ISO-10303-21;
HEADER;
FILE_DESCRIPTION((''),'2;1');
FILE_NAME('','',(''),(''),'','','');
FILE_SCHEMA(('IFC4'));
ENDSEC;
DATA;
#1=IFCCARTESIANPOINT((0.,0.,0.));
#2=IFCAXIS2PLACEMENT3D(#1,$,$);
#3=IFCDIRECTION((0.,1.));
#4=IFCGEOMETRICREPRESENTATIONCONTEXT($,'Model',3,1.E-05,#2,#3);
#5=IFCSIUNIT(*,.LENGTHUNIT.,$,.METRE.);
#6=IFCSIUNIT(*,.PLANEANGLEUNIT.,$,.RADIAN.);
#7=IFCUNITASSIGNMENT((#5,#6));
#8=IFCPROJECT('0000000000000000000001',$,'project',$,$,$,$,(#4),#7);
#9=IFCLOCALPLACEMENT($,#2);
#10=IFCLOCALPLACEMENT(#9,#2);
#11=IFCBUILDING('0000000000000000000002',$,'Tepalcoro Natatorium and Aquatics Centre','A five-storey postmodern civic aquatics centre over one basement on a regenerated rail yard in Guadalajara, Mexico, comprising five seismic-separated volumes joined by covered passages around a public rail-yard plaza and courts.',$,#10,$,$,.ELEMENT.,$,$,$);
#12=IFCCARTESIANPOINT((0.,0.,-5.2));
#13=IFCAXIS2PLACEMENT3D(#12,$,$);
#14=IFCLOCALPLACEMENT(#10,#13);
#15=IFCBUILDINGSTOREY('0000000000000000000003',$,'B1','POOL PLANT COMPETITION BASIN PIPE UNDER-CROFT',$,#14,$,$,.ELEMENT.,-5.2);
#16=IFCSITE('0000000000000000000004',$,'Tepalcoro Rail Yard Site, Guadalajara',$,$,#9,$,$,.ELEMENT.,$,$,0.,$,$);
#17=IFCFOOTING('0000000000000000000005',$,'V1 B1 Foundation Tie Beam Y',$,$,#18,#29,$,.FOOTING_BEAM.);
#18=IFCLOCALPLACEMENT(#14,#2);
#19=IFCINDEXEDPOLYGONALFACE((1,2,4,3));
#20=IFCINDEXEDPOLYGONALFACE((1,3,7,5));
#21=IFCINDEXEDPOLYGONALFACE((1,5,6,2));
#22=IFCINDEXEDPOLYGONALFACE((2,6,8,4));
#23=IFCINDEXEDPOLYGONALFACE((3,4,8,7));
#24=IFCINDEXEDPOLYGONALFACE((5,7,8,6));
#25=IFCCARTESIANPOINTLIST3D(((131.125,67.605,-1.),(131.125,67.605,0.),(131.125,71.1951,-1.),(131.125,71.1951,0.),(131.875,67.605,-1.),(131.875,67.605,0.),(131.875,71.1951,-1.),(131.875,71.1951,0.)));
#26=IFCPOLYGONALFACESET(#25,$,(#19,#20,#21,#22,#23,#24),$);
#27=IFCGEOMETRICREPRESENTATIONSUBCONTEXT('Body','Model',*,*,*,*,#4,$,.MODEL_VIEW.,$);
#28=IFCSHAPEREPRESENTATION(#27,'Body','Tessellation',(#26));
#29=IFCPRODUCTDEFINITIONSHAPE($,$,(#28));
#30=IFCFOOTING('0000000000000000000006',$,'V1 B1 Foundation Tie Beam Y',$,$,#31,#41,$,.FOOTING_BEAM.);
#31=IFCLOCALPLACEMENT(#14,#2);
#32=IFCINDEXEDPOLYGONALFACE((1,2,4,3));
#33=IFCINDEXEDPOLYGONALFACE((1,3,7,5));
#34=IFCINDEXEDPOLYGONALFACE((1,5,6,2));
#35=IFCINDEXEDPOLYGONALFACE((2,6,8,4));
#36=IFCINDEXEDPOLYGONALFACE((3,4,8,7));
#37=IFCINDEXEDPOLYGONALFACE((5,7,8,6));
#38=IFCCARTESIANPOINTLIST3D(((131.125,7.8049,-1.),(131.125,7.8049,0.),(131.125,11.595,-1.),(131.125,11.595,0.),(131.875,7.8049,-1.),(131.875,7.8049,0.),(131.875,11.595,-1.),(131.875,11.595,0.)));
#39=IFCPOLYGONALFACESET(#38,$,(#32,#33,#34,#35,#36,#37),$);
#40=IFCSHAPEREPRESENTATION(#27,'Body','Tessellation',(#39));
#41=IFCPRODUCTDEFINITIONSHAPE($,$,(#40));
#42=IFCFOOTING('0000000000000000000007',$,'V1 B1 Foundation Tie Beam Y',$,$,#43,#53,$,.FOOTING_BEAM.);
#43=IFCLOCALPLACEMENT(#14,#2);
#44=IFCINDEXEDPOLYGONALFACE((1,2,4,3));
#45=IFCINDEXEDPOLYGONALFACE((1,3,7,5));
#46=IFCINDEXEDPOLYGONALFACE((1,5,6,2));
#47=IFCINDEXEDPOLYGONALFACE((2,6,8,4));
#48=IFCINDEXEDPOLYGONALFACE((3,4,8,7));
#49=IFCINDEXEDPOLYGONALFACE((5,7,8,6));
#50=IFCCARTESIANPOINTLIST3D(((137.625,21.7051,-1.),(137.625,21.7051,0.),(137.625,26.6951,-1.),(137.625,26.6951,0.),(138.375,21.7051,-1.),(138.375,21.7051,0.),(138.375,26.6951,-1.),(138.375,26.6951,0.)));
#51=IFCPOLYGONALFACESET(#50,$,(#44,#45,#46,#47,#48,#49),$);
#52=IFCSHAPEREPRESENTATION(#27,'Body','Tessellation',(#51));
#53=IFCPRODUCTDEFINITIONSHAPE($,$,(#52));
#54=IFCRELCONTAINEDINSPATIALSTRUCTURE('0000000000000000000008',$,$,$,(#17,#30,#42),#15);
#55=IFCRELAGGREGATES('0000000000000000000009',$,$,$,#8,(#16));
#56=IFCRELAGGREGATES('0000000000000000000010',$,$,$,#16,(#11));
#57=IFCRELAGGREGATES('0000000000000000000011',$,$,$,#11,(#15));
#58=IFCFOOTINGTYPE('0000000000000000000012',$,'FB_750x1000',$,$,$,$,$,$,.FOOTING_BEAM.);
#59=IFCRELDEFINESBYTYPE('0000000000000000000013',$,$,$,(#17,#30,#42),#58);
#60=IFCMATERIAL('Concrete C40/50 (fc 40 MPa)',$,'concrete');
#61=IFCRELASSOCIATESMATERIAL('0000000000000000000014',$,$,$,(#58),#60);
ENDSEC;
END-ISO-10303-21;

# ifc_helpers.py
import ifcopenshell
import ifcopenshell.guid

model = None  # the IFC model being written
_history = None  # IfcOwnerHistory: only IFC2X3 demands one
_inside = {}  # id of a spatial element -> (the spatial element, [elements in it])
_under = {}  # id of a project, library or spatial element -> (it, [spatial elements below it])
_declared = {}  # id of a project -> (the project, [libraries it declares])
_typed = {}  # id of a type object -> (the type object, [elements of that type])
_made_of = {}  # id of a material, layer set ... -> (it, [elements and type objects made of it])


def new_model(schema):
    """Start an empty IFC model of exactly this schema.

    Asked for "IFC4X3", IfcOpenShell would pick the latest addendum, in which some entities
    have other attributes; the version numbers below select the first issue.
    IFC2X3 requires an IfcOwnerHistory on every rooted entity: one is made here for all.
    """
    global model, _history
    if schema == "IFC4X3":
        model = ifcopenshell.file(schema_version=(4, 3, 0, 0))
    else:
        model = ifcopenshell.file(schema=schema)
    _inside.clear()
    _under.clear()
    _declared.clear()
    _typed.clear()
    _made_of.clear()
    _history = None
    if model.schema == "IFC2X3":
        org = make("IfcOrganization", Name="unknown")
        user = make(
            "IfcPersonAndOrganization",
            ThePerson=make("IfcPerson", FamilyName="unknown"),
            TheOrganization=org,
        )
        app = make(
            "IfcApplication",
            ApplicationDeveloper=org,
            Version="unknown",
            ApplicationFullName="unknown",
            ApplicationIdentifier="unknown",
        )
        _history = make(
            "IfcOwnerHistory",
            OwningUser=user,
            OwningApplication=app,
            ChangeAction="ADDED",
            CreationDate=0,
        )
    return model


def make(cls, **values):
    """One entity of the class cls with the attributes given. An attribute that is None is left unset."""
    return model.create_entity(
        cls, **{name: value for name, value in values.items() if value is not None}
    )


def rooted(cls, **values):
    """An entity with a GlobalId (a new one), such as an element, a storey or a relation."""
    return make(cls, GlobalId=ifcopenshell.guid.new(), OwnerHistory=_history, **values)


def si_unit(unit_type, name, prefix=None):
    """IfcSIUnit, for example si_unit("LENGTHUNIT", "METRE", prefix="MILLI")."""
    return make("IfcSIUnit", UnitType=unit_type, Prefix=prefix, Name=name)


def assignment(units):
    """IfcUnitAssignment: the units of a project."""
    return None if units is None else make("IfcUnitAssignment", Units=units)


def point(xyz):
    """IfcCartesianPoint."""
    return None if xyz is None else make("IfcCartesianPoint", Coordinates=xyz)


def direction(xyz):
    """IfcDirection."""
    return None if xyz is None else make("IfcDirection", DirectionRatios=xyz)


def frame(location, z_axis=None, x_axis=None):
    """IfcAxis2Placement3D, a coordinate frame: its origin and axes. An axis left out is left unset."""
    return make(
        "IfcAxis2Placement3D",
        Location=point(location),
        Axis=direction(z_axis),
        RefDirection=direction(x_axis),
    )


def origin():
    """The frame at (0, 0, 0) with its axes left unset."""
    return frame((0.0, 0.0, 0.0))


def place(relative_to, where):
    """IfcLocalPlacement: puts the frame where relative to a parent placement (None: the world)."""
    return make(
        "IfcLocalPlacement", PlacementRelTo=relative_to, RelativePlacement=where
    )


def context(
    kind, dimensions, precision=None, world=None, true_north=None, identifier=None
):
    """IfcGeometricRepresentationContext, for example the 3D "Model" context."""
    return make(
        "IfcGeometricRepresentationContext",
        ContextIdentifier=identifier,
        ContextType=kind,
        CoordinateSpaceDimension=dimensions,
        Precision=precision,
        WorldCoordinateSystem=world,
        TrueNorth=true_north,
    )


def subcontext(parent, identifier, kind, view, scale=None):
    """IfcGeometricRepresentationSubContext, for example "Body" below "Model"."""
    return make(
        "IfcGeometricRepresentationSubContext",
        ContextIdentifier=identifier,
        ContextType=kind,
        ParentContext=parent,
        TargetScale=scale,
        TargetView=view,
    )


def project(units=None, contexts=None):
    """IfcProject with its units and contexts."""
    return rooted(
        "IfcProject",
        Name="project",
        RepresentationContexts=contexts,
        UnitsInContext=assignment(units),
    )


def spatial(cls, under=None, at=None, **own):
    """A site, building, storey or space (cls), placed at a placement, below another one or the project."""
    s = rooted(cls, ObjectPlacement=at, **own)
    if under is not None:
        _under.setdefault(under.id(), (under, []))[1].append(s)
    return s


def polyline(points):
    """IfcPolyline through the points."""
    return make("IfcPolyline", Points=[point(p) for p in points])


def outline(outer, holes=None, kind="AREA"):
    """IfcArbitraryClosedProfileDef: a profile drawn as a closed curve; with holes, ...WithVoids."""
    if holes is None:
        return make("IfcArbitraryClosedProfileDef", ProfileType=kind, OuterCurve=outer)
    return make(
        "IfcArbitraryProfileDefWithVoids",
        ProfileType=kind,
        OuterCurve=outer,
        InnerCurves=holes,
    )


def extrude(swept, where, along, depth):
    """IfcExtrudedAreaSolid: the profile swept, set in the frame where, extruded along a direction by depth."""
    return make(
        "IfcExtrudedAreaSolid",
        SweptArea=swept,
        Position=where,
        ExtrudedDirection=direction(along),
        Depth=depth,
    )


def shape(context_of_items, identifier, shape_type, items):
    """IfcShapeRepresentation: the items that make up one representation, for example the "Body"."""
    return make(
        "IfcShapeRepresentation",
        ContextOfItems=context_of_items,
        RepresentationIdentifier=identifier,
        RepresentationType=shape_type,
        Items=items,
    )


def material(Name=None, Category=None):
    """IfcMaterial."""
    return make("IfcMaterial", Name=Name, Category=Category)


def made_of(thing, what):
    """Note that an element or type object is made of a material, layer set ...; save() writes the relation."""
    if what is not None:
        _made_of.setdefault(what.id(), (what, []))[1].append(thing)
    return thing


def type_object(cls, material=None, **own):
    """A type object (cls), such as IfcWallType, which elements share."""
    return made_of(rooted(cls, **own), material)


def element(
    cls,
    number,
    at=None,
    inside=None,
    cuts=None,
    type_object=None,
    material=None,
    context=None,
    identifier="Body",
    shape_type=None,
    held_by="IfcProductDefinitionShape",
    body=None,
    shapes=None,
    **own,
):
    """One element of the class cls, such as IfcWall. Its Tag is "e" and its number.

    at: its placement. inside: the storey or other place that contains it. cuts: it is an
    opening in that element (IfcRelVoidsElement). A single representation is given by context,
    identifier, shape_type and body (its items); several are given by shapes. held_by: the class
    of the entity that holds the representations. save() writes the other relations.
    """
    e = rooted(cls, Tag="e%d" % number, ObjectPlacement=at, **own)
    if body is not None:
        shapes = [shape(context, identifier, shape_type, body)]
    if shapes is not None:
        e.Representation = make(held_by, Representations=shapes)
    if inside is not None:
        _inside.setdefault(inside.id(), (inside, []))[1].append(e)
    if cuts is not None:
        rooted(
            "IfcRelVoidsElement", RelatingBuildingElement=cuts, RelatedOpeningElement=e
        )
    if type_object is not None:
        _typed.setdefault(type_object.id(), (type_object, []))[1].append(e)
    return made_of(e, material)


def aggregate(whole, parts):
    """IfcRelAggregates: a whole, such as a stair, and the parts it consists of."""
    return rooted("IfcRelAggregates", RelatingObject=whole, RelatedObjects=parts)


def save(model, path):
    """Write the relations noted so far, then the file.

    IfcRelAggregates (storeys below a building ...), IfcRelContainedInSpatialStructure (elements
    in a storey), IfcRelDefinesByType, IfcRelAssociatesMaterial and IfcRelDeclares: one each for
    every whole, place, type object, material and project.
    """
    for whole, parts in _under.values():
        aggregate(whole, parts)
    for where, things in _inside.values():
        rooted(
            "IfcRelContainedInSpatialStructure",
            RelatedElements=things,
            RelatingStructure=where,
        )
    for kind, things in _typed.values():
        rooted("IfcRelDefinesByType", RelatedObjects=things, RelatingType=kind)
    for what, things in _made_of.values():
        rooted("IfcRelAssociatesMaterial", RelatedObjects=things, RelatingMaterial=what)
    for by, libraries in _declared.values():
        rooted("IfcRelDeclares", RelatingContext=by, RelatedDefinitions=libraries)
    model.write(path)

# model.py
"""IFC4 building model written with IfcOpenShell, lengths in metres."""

from ifc_helpers import new_model, si_unit, direction, frame, origin, place, context, subcontext, project, spatial, polyline, outline, extrude, material, type_object, element, save


model = new_model("IFC4")

# Units and contexts
model_context = context("Model", 3, precision=1e-05, world=origin(), true_north=direction((0.0, 1.0)))
body_context = subcontext(model_context, "Body", "Model", "MODEL_VIEW")
ifc_project = project(units=[si_unit("LENGTHUNIT", "METRE"), si_unit("PLANEANGLEUNIT", "RADIAN")], contexts=[model_context])

# Site, building, storey
site_placement = place(None, origin())
site = spatial("IfcSite", under=ifc_project, at=site_placement, Name="Tepalcoro Rail Yard Site, Guadalajara", CompositionType="ELEMENT", RefElevation=0.0)
building_placement = place(site_placement, origin())
building = spatial("IfcBuilding", under=site, at=building_placement, Name="Tepalcoro Natatorium and Aquatics Centre", Description="A five-storey postmodern civic aquatics centre over one basement on a regenerated rail yard in Guadalajara, Mexico, comprising five seismic-separated volumes joined by covered passages around a public rail-yard plaza and courts.", CompositionType="ELEMENT")
storey_placement = place(building_placement, frame((0.0, 0.0, -5.2)))
storey = spatial("IfcBuildingStorey", under=building, at=storey_placement, Name="B1", Description="POOL PLANT COMPETITION BASIN PIPE UNDER-CROFT", CompositionType="ELEMENT", Elevation=-5.2)

# Footings
ifc_material = material(Name="Concrete C40/50 (fc 40 MPa)", Category="concrete")
footing_type_1 = type_object("IfcFootingType", Name="FB_750x1000", PredefinedType="FOOTING_BEAM", material=ifc_material)
footing_1_placement = place(storey_placement, frame((0.0, 0.0, -1.0)))
element("IfcFooting", 1, at=footing_1_placement, inside=storey, type_object=footing_type_1, Name="V1 B1 Foundation Tie Beam Y", PredefinedType="FOOTING_BEAM", context=body_context, shape_type="SweptSolid", body=[
    extrude(outline(polyline([(131.875, 67.605), (131.875, 71.1951), (131.125, 71.1951), (131.125, 67.605), (131.875, 67.605)])), origin(), (0.0, 0.0, 1.0), 1.0),
])
footing_2_placement = place(storey_placement, frame((0.0, 0.0, -1.0)))
element("IfcFooting", 2, at=footing_2_placement, inside=storey, type_object=footing_type_1, Name="V1 B1 Foundation Tie Beam Y", PredefinedType="FOOTING_BEAM", context=body_context, shape_type="SweptSolid", body=[
    extrude(outline(polyline([(131.875, 7.8049), (131.875, 11.595), (131.125, 11.595), (131.125, 7.8049), (131.875, 7.8049)])), origin(), (0.0, 0.0, 1.0), 1.0),
])
footing_3_placement = place(storey_placement, frame((0.0, 0.0, -1.0)))
element("IfcFooting", 3, at=footing_3_placement, inside=storey, type_object=footing_type_1, Name="V1 B1 Foundation Tie Beam Y", PredefinedType="FOOTING_BEAM", context=body_context, shape_type="SweptSolid", body=[
    extrude(outline(polyline([(138.375, 21.7051), (138.375, 26.6951), (137.625, 26.6951), (137.625, 21.7051), (138.375, 21.7051)])), origin(), (0.0, 0.0, 1.0), 1.0),
])

save(model, "model.ifc")
